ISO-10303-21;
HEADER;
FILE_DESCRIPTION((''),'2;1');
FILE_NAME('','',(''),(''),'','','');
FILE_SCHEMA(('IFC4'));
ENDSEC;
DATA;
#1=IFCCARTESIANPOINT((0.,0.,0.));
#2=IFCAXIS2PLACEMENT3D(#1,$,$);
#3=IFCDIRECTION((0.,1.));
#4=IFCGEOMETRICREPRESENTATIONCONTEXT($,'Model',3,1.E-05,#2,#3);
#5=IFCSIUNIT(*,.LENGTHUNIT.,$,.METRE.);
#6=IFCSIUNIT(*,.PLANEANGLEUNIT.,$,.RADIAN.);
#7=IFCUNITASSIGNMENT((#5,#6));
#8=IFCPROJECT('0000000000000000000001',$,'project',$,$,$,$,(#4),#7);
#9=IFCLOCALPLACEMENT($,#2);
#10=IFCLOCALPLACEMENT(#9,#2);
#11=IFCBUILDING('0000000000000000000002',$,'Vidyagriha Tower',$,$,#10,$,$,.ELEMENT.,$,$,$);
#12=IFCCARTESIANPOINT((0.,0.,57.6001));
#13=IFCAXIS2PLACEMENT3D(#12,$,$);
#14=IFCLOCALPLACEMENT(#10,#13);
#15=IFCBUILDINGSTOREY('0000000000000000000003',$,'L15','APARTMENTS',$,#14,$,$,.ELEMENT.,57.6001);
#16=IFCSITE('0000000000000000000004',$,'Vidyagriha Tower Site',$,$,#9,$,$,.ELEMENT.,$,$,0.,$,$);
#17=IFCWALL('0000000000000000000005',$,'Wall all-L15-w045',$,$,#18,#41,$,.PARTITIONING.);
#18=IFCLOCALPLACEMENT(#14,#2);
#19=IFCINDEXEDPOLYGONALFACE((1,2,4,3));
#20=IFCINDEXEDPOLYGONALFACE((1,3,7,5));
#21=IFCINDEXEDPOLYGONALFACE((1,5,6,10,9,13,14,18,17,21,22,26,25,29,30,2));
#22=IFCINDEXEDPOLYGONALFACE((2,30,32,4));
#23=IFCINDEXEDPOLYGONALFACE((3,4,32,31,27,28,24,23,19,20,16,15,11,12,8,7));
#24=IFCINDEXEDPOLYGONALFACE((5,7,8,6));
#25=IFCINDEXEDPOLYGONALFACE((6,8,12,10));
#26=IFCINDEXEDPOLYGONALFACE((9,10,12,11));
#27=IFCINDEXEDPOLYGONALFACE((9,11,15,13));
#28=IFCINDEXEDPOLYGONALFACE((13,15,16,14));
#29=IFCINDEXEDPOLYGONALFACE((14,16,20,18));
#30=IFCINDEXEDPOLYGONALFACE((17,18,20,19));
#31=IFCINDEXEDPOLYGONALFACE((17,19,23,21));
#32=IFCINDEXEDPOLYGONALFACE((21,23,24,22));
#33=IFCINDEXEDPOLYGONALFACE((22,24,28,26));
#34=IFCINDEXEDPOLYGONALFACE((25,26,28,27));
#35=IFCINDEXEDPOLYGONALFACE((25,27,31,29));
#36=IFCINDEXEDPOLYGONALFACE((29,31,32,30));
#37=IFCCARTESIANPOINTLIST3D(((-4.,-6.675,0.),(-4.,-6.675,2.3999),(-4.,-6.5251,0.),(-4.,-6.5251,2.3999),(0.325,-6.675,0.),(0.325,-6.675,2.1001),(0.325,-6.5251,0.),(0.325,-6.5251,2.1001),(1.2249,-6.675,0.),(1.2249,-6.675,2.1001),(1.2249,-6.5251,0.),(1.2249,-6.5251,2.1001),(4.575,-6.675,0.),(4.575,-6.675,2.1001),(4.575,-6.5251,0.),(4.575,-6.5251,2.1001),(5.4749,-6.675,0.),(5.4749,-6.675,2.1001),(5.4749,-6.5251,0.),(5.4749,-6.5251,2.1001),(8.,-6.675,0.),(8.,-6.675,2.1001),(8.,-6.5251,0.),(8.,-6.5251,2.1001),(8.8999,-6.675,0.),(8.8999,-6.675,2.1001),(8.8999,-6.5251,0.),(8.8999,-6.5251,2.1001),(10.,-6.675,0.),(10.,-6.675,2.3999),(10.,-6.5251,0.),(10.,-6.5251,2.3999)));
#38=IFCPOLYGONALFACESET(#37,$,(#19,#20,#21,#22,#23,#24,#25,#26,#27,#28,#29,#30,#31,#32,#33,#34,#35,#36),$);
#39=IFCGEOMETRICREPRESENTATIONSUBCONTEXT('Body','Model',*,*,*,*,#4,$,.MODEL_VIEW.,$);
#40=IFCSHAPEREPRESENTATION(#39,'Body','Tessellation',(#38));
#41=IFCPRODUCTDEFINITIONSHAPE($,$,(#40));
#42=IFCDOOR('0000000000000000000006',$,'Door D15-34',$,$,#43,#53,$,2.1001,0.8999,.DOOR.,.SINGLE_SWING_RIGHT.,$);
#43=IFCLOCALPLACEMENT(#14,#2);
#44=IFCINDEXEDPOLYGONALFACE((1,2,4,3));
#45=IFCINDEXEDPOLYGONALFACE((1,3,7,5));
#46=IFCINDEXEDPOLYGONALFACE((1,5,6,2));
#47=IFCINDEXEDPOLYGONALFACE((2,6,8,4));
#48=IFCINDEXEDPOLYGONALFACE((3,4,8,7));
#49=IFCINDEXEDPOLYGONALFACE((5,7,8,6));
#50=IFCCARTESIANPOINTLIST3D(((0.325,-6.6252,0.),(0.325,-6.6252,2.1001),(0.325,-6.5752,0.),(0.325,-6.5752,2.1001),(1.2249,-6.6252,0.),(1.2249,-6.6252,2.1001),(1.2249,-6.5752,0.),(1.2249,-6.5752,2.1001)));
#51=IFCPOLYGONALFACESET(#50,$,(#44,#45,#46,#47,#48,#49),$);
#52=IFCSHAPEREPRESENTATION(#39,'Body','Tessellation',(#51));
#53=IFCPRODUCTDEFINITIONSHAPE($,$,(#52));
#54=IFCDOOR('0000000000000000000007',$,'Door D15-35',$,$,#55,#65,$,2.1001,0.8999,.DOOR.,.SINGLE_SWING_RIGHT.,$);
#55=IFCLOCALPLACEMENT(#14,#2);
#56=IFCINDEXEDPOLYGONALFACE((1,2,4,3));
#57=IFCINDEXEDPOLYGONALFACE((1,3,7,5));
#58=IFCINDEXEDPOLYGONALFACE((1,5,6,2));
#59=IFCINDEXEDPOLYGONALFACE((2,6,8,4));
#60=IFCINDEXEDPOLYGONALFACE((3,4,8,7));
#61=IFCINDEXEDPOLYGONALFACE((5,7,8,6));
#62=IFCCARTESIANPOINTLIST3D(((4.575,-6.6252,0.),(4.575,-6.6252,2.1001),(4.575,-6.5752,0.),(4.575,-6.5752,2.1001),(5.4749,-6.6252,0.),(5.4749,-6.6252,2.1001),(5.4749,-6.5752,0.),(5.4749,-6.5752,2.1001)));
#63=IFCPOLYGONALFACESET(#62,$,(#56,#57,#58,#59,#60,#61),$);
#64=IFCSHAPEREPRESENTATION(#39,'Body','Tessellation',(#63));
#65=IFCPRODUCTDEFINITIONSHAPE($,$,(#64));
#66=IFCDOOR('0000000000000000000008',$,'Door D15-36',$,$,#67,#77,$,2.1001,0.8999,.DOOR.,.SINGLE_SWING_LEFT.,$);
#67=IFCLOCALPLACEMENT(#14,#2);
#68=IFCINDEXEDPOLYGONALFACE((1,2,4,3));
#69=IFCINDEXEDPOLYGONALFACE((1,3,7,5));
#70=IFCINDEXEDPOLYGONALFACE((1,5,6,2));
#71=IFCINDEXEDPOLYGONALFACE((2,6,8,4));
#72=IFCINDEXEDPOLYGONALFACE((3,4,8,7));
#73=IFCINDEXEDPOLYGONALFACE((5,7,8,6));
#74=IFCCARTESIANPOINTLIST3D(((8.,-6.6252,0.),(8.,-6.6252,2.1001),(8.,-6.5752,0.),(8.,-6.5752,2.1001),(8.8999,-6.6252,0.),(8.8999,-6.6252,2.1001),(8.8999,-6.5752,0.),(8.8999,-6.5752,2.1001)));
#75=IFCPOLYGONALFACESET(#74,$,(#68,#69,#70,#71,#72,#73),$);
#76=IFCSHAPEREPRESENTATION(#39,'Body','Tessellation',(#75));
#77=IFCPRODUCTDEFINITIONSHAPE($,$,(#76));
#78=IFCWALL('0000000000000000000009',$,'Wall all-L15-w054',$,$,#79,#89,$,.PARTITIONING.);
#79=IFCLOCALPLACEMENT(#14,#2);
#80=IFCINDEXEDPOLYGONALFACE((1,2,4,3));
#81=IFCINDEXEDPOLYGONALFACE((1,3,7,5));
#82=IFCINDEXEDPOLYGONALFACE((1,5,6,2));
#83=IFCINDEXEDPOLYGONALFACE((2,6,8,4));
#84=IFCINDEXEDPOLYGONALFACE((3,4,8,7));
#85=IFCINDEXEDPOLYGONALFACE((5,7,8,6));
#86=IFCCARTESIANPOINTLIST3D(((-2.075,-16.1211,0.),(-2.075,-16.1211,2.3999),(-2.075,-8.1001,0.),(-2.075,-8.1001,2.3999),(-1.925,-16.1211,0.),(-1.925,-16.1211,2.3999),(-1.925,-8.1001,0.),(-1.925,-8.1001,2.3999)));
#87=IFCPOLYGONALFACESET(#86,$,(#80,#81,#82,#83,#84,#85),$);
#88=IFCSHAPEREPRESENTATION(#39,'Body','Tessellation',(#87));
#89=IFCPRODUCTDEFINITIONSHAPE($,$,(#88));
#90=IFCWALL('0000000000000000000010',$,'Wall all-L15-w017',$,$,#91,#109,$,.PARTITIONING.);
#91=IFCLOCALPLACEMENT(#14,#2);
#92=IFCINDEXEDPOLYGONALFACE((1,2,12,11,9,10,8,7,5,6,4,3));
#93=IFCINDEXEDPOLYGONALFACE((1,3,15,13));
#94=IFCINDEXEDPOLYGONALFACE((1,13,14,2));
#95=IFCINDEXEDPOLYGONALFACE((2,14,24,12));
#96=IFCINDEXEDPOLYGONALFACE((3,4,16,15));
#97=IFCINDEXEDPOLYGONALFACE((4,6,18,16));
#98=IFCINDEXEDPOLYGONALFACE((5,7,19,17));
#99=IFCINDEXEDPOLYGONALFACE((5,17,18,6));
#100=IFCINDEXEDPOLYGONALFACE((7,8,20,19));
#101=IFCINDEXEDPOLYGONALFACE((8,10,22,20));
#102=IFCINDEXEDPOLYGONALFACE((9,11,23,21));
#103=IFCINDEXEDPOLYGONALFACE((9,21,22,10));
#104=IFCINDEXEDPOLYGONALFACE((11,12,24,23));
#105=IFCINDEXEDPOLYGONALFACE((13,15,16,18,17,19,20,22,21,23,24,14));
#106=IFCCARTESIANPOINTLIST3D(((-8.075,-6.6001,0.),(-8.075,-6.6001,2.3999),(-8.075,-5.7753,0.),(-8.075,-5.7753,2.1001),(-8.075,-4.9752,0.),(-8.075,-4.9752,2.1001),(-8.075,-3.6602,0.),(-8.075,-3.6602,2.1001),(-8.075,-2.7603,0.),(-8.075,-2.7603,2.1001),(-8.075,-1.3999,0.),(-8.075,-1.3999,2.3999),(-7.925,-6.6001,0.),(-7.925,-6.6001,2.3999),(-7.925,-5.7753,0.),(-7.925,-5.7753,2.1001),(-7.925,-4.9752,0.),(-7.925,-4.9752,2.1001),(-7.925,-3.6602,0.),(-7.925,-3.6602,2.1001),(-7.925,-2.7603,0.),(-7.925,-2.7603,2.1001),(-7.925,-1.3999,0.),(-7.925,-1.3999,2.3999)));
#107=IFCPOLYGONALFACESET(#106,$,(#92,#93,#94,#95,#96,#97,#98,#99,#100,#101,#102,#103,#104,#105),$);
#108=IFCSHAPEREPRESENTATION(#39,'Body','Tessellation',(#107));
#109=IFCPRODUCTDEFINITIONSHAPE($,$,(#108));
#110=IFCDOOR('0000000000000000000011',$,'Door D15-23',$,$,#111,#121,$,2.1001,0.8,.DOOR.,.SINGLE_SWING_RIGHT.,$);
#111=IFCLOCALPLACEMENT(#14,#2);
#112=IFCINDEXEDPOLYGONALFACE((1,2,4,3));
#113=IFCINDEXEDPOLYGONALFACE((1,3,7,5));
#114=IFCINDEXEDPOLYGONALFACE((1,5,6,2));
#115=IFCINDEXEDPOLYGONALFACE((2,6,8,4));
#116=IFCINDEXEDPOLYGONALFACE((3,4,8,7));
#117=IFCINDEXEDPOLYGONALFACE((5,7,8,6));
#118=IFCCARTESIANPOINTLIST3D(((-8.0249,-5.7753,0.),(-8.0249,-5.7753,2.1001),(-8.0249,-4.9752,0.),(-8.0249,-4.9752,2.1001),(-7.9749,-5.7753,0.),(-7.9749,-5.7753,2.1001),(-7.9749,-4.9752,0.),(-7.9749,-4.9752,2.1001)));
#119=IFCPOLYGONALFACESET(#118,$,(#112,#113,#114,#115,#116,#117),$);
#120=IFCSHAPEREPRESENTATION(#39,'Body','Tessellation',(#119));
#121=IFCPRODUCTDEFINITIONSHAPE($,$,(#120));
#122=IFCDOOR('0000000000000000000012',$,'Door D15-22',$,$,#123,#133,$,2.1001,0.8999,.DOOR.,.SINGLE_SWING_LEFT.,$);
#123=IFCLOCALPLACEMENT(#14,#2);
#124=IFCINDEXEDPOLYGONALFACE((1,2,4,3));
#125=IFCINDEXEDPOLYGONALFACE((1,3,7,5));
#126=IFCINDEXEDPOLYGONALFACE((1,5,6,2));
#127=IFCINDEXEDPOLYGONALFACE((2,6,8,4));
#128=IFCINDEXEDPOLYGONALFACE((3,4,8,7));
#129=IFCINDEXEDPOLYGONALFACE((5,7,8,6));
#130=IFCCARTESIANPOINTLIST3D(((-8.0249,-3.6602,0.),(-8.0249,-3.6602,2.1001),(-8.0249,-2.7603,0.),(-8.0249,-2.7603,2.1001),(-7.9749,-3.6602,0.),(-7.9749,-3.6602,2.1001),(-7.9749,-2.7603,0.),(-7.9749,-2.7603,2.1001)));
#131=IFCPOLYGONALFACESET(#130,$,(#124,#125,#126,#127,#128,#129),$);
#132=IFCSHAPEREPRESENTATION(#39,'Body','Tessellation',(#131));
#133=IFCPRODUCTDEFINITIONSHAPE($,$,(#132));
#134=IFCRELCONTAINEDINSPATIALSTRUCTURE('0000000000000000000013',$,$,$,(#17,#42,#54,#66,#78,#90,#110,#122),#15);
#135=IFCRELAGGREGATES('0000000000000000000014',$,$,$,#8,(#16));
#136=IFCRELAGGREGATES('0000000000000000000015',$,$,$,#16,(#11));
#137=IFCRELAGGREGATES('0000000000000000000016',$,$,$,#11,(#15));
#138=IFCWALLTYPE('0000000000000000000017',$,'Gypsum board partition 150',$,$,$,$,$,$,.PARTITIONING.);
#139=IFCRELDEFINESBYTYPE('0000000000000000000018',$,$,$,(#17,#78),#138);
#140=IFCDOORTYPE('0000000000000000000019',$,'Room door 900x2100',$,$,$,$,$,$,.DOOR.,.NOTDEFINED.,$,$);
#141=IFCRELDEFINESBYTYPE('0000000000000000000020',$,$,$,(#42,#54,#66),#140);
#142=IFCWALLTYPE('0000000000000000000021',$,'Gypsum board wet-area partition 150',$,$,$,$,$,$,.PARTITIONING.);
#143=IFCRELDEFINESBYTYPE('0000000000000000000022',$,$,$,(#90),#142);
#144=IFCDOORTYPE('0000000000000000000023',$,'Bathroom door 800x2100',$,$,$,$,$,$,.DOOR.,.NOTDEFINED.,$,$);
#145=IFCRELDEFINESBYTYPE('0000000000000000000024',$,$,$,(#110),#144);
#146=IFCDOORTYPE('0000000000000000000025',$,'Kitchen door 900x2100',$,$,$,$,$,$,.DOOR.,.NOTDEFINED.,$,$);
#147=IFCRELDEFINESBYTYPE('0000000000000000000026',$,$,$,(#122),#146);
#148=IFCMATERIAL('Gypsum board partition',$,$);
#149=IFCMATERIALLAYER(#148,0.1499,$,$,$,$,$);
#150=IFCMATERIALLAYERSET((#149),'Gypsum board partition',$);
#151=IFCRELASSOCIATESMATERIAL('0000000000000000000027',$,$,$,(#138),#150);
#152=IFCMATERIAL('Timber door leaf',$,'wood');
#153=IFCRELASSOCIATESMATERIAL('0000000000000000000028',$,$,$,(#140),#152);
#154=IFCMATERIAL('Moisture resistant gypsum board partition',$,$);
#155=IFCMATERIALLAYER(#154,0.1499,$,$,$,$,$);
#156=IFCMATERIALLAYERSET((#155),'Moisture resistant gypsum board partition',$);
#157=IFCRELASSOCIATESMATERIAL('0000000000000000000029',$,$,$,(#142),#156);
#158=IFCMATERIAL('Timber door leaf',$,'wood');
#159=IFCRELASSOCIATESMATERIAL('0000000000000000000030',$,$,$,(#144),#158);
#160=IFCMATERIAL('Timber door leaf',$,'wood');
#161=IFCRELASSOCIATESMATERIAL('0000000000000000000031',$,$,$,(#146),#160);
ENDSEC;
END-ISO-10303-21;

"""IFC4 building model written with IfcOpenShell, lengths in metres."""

from ifc_helpers import new_model, si_unit, direction, frame, frame_2d, origin, place, context, subcontext, project, spatial, rectangle, extrude, material, layer, layer_set, type_object, element, fill, save


model = new_model("IFC4")

# Units and contexts
model_context = context("Model", 3, precision=1e-05, world=origin(), true_north=direction((0.0, 1.0)))
body_context = subcontext(model_context, "Body", "Model", "MODEL_VIEW")
ifc_project = project(units=[si_unit("LENGTHUNIT", "METRE"), si_unit("PLANEANGLEUNIT", "RADIAN")], contexts=[model_context])

# Site, building, storey
site_placement = place(None, origin())
site = spatial("IfcSite", under=ifc_project, at=site_placement, Name="Vidyagriha Tower Site", CompositionType="ELEMENT", RefElevation=0.0)
building_placement = place(site_placement, origin())
building = spatial("IfcBuilding", under=site, at=building_placement, Name="Vidyagriha Tower", CompositionType="ELEMENT")
storey_placement = place(building_placement, frame((0.0, 0.0, 57.6001)))
storey = spatial("IfcBuildingStorey", under=building, at=storey_placement, Name="L15", Description="APARTMENTS", CompositionType="ELEMENT", Elevation=57.6001)

# Shared definitions
ifc_material_1 = material(Name="Gypsum board partition")
ifc_layer_1 = layer(ifc_material_1, 0.1499)
ifc_layer_set_1 = layer_set([ifc_layer_1], Name="Gypsum board partition")
wall_type_1 = type_object("IfcWallType", Name="Gypsum board partition 150", PredefinedType="PARTITIONING", material=ifc_layer_set_1)

# Shared definitions
ifc_material_2 = material(Name="Timber door leaf", Category="wood")
door_type_1 = type_object("IfcDoorType", Name="Room door 900x2100", OperationType="NOTDEFINED", PredefinedType="DOOR", material=ifc_material_2)

# Wall, openings, doors
wall_1_placement = place(storey_placement, frame((-4.0, -6.6001, 0.0)))
wall_1 = element("IfcWall", 1, at=wall_1_placement, inside=storey, type_object=wall_type_1, Name="Wall all-L15-w045", PredefinedType="PARTITIONING", context=body_context, shape_type="SweptSolid", body=[
    extrude(rectangle(XDim=14.0, YDim=0.1499, at=frame_2d((7.0, 0.0))), origin(), (0.0, 0.0, 1.0), 2.3999),
])
opening_1_placement = place(wall_1_placement, frame((4.325, 0.0, 0.0)))
opening_1 = element("IfcOpeningElement", 2, at=opening_1_placement, cuts=wall_1, PredefinedType="OPENING", context=body_context, shape_type="SweptSolid", body=[
    extrude(rectangle(XDim=0.8999, YDim=2.1001, at=frame_2d((0.45, 1.05))), frame((0.0, 0.085, 0.0), z_axis=(0.0, -1.0, 0.0), x_axis=(1.0, 0.0, 0.0)), (0.0, 0.0, 1.0), 0.1699),
])
opening_2_placement = place(wall_1_placement, frame((8.575, 0.0, 0.0)))
opening_2 = element("IfcOpeningElement", 3, at=opening_2_placement, cuts=wall_1, PredefinedType="OPENING", context=body_context, shape_type="SweptSolid", body=[
    extrude(rectangle(XDim=0.8999, YDim=2.1001, at=frame_2d((0.45, 1.05))), frame((0.0, 0.085, 0.0), z_axis=(0.0, -1.0, 0.0), x_axis=(1.0, 0.0, 0.0)), (0.0, 0.0, 1.0), 0.1699),
])
opening_3_placement = place(wall_1_placement, frame((12.0, 0.0, 0.0)))
opening_3 = element("IfcOpeningElement", 4, at=opening_3_placement, cuts=wall_1, PredefinedType="OPENING", context=body_context, shape_type="SweptSolid", body=[
    extrude(rectangle(XDim=0.8999, YDim=2.1001, at=frame_2d((0.45, 1.05))), frame((0.0, 0.085, 0.0), z_axis=(0.0, -1.0, 0.0), x_axis=(1.0, 0.0, 0.0)), (0.0, 0.0, 1.0), 0.1699),
])
door_1_placement = place(opening_1_placement, origin())
door_1 = element("IfcDoor", 5, at=door_1_placement, inside=storey, type_object=door_type_1, Name="Door D15-34", OperationType="SINGLE_SWING_RIGHT", OverallHeight=2.1001, OverallWidth=0.8999, PredefinedType="DOOR", context=body_context, shape_type="SweptSolid", body=[
    extrude(rectangle(XDim=0.8999, YDim=2.1001, at=frame_2d((0.45, 1.05))), frame((0.0, 0.0249, 0.0), z_axis=(0.0, -1.0, 0.0), x_axis=(1.0, 0.0, 0.0)), (0.0, 0.0, 1.0), 0.05),
])
fill(opening_1, door_1)
door_2_placement = place(opening_2_placement, origin())
door_2 = element("IfcDoor", 6, at=door_2_placement, inside=storey, type_object=door_type_1, Name="Door D15-35", OperationType="SINGLE_SWING_RIGHT", OverallHeight=2.1001, OverallWidth=0.8999, PredefinedType="DOOR", context=body_context, shape_type="SweptSolid", body=[
    extrude(rectangle(XDim=0.8999, YDim=2.1001, at=frame_2d((0.45, 1.05))), frame((0.0, 0.0249, 0.0), z_axis=(0.0, -1.0, 0.0), x_axis=(1.0, 0.0, 0.0)), (0.0, 0.0, 1.0), 0.05),
])
fill(opening_2, door_2)
door_3_placement = place(opening_3_placement, origin())
door_3 = element("IfcDoor", 7, at=door_3_placement, inside=storey, type_object=door_type_1, Name="Door D15-36", OperationType="SINGLE_SWING_LEFT", OverallHeight=2.1001, OverallWidth=0.8999, PredefinedType="DOOR", context=body_context, shape_type="SweptSolid", body=[
    extrude(rectangle(XDim=0.8999, YDim=2.1001, at=frame_2d((0.45, 1.05))), frame((0.0, 0.0249, 0.0), z_axis=(0.0, -1.0, 0.0), x_axis=(1.0, 0.0, 0.0)), (0.0, 0.0, 1.0), 0.05),
])
fill(opening_3, door_3)

# Wall
wall_2_placement = place(storey_placement, frame((-2.0, -8.1001, 0.0), z_axis=(0.0, 0.0, 1.0), x_axis=(0.0, -1.0, 0.0)))
element("IfcWall", 8, at=wall_2_placement, inside=storey, type_object=wall_type_1, Name="Wall all-L15-w054", PredefinedType="PARTITIONING", context=body_context, shape_type="SweptSolid", body=[
    extrude(rectangle(XDim=8.021, YDim=0.1499, at=frame_2d((4.0105, 0.0))), origin(), (0.0, 0.0, 1.0), 2.3999),
])

# Wall, openings, doors
ifc_material_3 = material(Name="Moisture resistant gypsum board partition")
ifc_layer_2 = layer(ifc_material_3, 0.1499)
ifc_layer_set_2 = layer_set([ifc_layer_2], Name="Moisture resistant gypsum board partition")
wall_type_2 = type_object("IfcWallType", Name="Gypsum board wet-area partition 150", PredefinedType="PARTITIONING", material=ifc_layer_set_2)
wall_3_placement = place(storey_placement, frame((-8.0, -6.6001, 0.0), z_axis=(0.0, 0.0, 1.0), x_axis=(0.0, 1.0, 0.0)))
wall_3 = element("IfcWall", 9, at=wall_3_placement, inside=storey, type_object=wall_type_2, Name="Wall all-L15-w017", PredefinedType="PARTITIONING", context=body_context, shape_type="SweptSolid", body=[
    extrude(rectangle(XDim=5.2002, YDim=0.1499, at=frame_2d((2.6001, 0.0))), origin(), (0.0, 0.0, 1.0), 2.3999),
])
opening_4_placement = place(wall_3_placement, frame((2.9399, 0.0, 0.0)))
opening_4 = element("IfcOpeningElement", 10, at=opening_4_placement, cuts=wall_3, PredefinedType="OPENING", context=body_context, shape_type="SweptSolid", body=[
    extrude(rectangle(XDim=0.8999, YDim=2.1001, at=frame_2d((0.45, 1.05))), frame((0.0, 0.085, 0.0), z_axis=(0.0, -1.0, 0.0), x_axis=(1.0, 0.0, 0.0)), (0.0, 0.0, 1.0), 0.1699),
])
opening_5_placement = place(wall_3_placement, frame((0.825, 0.0, 0.0)))
opening_5 = element("IfcOpeningElement", 11, at=opening_5_placement, cuts=wall_3, PredefinedType="OPENING", context=body_context, shape_type="SweptSolid", body=[
    extrude(rectangle(XDim=0.8, YDim=2.1001, at=frame_2d((0.3999, 1.05))), frame((0.0, 0.085, 0.0), z_axis=(0.0, -1.0, 0.0), x_axis=(1.0, 0.0, 0.0)), (0.0, 0.0, 1.0), 0.1699),
])
ifc_material_4 = material(Name="Timber door leaf", Category="wood")
door_type_2 = type_object("IfcDoorType", Name="Bathroom door 800x2100", OperationType="NOTDEFINED", PredefinedType="DOOR", material=ifc_material_4)
door_4_placement = place(opening_5_placement, origin())
door_4 = element("IfcDoor", 12, at=door_4_placement, inside=storey, type_object=door_type_2, Name="Door D15-23", OperationType="SINGLE_SWING_RIGHT", OverallHeight=2.1001, OverallWidth=0.8, PredefinedType="DOOR", context=body_context, shape_type="SweptSolid", body=[
    extrude(rectangle(XDim=0.8, YDim=2.1001, at=frame_2d((0.3999, 1.05))), frame((0.0, 0.0249, 0.0), z_axis=(0.0, -1.0, 0.0), x_axis=(1.0, 0.0, 0.0)), (0.0, 0.0, 1.0), 0.05),
])
fill(opening_5, door_4)
ifc_material_5 = material(Name="Timber door leaf", Category="wood")
door_type_3 = type_object("IfcDoorType", Name="Kitchen door 900x2100", OperationType="NOTDEFINED", PredefinedType="DOOR", material=ifc_material_5)
door_5_placement = place(opening_4_placement, origin())
door_5 = element("IfcDoor", 13, at=door_5_placement, inside=storey, type_object=door_type_3, Name="Door D15-22", OperationType="SINGLE_SWING_LEFT", OverallHeight=2.1001, OverallWidth=0.8999, PredefinedType="DOOR", context=body_context, shape_type="SweptSolid", body=[
    extrude(rectangle(XDim=0.8999, YDim=2.1001, at=frame_2d((0.45, 1.05))), frame((0.0, 0.0249, 0.0), z_axis=(0.0, -1.0, 0.0), x_axis=(1.0, 0.0, 0.0)), (0.0, 0.0, 1.0), 0.05),
])
fill(opening_4, door_5)

save(model, "model.ifc")
